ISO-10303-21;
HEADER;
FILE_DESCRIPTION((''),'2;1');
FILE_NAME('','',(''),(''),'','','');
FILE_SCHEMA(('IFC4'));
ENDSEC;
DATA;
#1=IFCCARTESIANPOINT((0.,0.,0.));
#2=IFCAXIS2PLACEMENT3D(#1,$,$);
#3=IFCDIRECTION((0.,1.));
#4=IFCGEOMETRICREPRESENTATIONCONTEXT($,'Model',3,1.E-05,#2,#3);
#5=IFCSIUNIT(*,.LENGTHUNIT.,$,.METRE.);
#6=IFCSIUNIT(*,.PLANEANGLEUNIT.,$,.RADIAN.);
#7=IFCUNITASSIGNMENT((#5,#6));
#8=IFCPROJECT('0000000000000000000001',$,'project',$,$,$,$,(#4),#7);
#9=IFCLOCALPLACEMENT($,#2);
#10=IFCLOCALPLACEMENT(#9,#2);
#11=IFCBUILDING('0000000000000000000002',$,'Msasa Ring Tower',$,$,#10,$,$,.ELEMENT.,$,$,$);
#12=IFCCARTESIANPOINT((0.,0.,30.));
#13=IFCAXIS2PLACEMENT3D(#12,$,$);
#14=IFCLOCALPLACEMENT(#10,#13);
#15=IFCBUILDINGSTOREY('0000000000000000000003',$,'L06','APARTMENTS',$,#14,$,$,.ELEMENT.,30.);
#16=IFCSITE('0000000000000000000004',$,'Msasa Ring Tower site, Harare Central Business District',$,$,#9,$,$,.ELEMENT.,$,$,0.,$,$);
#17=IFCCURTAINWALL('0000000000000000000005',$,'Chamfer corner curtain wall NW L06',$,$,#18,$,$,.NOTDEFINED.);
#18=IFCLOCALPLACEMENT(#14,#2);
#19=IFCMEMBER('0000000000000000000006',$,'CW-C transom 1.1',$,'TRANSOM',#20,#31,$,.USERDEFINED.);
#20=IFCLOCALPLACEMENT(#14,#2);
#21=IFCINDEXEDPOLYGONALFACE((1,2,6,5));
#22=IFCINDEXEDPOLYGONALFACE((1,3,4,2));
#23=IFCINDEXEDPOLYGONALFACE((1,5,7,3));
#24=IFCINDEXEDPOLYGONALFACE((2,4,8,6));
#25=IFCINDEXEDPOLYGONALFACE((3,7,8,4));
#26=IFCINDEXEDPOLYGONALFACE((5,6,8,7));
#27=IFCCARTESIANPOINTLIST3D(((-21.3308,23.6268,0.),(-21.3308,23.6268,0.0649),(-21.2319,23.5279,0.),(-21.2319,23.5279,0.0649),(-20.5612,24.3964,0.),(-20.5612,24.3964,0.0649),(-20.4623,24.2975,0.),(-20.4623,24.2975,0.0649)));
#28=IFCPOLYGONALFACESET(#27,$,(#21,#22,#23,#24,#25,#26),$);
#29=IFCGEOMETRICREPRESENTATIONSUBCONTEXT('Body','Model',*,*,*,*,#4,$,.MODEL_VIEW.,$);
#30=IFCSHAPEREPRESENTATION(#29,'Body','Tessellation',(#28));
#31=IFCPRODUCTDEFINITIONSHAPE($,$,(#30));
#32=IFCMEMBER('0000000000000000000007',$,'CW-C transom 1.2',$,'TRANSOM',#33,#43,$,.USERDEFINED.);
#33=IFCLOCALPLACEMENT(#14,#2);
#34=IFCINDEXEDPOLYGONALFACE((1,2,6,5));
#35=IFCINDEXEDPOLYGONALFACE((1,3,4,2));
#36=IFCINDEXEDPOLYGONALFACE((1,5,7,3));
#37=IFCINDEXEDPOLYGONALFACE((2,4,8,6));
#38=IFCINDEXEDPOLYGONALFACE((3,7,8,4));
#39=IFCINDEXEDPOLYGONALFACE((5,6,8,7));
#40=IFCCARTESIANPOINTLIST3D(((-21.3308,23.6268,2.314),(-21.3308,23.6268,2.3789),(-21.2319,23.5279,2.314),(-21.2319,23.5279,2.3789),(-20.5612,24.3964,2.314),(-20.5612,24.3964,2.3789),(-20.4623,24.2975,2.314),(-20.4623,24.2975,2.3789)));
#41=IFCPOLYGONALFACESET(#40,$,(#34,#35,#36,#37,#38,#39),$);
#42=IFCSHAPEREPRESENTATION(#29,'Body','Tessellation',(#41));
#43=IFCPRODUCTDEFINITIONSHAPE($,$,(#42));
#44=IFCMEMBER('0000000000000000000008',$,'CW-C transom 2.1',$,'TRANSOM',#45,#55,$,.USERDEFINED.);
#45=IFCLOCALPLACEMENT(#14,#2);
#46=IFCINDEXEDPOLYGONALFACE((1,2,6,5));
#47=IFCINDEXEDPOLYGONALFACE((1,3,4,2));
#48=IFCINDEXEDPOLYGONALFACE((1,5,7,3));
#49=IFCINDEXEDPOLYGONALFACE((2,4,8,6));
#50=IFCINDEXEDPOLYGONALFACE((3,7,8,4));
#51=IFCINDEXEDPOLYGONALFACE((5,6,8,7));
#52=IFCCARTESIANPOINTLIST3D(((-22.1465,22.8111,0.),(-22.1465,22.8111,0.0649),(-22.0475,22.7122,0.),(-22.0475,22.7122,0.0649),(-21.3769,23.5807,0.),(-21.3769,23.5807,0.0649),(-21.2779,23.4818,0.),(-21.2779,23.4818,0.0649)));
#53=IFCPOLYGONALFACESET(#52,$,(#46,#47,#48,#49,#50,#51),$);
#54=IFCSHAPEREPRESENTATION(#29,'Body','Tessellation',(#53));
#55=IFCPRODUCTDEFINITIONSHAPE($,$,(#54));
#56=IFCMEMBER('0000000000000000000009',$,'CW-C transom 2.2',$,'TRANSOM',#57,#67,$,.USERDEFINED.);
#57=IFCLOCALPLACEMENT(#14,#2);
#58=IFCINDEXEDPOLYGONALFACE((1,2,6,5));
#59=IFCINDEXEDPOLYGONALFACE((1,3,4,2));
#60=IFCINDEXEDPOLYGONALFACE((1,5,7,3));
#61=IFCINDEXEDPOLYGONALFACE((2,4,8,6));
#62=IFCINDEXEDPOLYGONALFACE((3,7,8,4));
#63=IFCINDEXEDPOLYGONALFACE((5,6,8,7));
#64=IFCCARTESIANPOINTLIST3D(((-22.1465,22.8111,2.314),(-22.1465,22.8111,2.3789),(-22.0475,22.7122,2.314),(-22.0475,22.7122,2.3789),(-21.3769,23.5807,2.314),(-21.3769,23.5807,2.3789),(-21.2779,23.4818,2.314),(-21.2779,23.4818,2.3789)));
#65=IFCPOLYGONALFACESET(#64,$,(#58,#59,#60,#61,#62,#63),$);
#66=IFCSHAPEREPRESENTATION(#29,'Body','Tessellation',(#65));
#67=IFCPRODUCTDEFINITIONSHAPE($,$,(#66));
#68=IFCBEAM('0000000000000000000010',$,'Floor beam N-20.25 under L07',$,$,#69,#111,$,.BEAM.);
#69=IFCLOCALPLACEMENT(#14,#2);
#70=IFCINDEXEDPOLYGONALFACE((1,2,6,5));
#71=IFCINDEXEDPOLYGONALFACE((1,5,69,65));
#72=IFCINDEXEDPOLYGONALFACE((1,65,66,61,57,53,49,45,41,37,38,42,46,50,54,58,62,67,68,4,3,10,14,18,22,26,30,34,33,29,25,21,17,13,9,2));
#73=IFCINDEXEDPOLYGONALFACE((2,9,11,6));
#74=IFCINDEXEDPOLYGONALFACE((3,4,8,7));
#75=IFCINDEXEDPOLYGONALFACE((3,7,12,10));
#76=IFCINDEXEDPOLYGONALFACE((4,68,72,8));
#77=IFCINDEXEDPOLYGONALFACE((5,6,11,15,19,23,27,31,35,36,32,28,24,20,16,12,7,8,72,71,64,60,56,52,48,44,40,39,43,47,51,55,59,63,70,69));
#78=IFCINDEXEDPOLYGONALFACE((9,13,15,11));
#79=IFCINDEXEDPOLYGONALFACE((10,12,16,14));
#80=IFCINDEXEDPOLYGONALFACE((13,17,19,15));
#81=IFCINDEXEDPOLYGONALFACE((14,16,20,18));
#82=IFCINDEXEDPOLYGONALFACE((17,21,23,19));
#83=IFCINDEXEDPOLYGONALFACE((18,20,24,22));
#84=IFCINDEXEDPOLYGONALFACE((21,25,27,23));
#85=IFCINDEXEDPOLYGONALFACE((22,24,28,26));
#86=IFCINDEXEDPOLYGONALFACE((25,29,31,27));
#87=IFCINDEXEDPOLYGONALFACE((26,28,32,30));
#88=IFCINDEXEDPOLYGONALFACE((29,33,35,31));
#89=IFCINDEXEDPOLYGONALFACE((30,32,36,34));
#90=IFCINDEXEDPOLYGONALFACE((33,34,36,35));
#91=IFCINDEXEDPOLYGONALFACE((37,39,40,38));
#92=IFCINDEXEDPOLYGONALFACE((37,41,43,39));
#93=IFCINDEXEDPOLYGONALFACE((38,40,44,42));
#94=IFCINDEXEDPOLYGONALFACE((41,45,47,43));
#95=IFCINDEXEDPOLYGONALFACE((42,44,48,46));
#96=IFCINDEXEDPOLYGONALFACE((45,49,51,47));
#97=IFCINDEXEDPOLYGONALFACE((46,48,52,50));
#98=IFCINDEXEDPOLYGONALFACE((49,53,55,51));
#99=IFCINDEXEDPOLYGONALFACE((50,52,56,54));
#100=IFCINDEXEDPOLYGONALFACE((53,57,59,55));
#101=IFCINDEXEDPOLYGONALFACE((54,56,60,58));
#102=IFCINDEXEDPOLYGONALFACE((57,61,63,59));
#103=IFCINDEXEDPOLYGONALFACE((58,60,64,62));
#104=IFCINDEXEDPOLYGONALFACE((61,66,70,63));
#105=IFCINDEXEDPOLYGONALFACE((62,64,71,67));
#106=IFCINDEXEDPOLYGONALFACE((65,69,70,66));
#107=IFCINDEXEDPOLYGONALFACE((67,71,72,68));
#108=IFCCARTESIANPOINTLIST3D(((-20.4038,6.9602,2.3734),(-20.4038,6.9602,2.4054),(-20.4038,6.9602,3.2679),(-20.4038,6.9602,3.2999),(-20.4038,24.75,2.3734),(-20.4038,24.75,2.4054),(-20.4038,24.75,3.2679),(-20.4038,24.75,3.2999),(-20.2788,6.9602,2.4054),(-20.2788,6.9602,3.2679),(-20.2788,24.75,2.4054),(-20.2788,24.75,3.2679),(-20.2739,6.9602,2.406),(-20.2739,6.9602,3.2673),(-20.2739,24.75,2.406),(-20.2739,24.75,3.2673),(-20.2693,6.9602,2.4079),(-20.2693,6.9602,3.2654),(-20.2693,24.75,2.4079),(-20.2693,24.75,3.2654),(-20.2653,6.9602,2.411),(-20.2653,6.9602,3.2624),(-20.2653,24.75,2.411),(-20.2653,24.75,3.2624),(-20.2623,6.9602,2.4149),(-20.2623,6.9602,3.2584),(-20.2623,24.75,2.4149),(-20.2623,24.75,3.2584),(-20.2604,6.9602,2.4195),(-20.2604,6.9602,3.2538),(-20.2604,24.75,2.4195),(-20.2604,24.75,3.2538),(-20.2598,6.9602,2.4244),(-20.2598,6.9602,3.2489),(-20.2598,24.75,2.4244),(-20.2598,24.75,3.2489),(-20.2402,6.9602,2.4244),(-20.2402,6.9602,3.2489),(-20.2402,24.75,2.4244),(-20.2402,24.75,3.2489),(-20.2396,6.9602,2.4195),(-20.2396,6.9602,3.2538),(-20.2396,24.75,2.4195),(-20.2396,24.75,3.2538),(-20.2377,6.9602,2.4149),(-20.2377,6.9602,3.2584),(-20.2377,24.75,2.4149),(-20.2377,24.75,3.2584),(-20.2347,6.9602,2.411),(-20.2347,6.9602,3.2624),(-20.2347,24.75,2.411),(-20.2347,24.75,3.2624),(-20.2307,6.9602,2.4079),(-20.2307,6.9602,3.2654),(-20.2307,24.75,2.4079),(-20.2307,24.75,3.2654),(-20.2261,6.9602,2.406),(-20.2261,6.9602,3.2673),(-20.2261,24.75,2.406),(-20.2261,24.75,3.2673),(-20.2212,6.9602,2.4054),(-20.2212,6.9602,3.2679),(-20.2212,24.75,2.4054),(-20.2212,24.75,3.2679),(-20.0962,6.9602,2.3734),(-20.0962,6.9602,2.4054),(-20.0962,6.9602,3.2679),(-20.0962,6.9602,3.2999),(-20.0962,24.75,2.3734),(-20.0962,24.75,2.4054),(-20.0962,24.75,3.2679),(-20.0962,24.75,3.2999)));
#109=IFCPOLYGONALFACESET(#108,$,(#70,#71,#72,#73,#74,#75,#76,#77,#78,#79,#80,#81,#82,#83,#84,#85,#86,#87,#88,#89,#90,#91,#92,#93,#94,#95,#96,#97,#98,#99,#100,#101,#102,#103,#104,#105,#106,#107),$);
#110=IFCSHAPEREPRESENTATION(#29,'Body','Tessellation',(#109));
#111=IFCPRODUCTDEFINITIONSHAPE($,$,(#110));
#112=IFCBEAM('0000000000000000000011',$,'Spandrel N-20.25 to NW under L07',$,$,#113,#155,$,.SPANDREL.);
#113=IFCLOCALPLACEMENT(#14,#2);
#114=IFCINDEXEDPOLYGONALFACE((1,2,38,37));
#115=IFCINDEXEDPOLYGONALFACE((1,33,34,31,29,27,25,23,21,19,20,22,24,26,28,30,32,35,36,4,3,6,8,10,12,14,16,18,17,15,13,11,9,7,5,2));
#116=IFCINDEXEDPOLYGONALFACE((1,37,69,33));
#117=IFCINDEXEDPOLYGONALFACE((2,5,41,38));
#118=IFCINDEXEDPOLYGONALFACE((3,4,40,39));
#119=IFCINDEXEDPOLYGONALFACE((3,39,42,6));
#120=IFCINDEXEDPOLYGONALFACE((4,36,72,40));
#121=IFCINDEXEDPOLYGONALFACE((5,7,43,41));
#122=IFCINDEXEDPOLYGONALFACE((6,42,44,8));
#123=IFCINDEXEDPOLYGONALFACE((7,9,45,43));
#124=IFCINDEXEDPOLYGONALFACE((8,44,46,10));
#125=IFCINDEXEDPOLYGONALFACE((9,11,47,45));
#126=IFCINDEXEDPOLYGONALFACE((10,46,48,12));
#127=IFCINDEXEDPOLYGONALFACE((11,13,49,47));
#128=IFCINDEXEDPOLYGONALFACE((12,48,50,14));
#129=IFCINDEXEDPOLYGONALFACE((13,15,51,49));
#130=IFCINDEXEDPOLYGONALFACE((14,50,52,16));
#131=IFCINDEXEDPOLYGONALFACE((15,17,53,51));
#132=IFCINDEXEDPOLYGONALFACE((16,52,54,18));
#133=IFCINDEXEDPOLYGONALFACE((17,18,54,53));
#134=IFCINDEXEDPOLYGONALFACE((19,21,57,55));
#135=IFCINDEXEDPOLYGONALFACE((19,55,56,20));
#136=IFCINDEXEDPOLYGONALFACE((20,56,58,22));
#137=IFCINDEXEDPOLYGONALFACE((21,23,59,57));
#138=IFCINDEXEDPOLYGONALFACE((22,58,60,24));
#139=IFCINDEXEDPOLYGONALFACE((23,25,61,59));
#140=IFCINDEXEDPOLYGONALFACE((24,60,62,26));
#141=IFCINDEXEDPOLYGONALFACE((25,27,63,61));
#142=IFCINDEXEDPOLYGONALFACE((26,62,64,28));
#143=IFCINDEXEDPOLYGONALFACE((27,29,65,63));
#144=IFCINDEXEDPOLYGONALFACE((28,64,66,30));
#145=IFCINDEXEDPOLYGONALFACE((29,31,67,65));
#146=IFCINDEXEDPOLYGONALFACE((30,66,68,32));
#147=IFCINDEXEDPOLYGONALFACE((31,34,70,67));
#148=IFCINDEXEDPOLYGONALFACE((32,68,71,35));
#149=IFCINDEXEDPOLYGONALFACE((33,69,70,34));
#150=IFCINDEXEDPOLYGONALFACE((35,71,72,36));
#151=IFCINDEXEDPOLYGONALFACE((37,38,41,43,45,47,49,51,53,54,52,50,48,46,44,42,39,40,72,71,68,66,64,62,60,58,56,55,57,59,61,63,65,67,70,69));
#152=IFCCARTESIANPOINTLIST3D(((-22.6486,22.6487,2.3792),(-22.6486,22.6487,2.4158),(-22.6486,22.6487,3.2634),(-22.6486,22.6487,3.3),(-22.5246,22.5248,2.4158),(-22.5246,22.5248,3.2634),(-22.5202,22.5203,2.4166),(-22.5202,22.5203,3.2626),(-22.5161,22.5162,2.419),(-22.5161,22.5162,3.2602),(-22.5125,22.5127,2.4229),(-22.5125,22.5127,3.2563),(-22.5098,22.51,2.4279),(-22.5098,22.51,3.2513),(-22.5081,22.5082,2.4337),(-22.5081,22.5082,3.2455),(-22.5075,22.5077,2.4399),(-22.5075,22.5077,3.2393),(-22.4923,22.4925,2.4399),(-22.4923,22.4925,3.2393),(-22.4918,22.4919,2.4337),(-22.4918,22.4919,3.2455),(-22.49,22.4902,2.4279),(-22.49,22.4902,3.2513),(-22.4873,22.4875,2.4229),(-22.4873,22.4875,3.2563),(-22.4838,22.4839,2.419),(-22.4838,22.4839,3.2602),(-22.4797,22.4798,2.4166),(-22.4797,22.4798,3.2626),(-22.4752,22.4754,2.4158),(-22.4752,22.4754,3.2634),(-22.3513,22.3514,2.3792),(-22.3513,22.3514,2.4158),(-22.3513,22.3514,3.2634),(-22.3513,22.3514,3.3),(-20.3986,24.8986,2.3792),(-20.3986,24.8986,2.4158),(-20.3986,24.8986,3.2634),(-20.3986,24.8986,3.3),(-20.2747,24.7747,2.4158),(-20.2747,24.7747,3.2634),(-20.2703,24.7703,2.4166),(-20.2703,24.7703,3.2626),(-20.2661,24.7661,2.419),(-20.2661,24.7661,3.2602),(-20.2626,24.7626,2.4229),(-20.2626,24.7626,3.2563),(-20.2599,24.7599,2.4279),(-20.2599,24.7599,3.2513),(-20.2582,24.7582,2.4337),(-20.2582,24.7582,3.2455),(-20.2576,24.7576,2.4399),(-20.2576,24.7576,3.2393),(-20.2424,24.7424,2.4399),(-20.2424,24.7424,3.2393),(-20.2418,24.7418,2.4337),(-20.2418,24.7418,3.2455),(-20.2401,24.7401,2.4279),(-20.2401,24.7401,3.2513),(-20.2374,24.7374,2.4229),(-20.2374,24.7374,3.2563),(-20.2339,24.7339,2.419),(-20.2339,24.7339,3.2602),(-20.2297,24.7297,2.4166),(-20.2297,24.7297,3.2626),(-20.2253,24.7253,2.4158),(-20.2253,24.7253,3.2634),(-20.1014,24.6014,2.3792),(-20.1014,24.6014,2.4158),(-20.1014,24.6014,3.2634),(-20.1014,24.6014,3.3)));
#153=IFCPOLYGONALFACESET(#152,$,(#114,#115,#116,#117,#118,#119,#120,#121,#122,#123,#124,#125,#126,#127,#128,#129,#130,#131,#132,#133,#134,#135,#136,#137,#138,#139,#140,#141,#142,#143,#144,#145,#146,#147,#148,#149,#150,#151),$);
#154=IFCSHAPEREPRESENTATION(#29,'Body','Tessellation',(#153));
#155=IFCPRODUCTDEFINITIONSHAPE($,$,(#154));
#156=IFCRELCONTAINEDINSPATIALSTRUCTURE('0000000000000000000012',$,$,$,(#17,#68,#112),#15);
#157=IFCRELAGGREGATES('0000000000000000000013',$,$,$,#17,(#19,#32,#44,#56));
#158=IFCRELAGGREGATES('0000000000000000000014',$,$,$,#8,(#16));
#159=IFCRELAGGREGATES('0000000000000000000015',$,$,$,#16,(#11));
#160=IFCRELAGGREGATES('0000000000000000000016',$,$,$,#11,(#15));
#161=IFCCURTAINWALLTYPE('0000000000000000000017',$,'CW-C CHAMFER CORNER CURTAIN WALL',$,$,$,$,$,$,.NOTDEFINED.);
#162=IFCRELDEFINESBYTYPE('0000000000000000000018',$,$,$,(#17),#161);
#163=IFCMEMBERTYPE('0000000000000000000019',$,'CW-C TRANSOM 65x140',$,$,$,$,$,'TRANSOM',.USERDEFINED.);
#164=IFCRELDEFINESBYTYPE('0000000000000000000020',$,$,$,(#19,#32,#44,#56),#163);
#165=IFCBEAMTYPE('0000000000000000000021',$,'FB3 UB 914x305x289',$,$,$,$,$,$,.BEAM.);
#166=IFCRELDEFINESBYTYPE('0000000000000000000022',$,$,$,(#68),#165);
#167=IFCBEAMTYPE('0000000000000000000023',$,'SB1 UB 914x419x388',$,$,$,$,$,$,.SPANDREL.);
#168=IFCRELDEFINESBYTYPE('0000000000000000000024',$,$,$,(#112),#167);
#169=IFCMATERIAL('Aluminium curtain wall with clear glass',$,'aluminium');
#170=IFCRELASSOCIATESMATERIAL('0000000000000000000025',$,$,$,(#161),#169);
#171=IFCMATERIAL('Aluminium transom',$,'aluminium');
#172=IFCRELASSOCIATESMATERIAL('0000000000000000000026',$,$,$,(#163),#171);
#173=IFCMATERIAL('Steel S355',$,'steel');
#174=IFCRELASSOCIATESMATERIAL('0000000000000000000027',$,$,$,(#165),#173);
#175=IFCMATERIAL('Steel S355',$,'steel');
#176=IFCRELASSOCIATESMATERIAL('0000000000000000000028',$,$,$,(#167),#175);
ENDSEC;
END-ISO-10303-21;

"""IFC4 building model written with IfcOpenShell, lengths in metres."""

from ifc_helpers import new_model, si_unit, direction, frame, origin, origin_2d, place, context, subcontext, project, spatial, rectangle, i_section, extrude, material, material_profile, profile_set, type_object, element, aggregate, save


model = new_model("IFC4")

# Units and contexts
model_context = context("Model", 3, precision=1e-05, world=origin(), true_north=direction((0.0, 1.0)))
body_context = subcontext(model_context, "Body", "Model", "MODEL_VIEW")
ifc_project = project(units=[si_unit("LENGTHUNIT", "METRE"), si_unit("PLANEANGLEUNIT", "RADIAN")], contexts=[model_context])

# Site, building, storey
site_placement = place(None, origin())
site = spatial("IfcSite", under=ifc_project, at=site_placement, Name="Msasa Ring Tower site, Harare Central Business District", CompositionType="ELEMENT", RefElevation=0.0)
building_placement = place(site_placement, origin())
building = spatial("IfcBuilding", under=site, at=building_placement, Name="Msasa Ring Tower", CompositionType="ELEMENT")
storey_placement = place(building_placement, frame((0.0, 0.0, 30.0)))
storey = spatial("IfcBuildingStorey", under=building, at=storey_placement, Name="L06", Description="APARTMENTS", CompositionType="ELEMENT", Elevation=30.0)

# Curtain wall
ifc_material_1 = material(Name="Aluminium curtain wall with clear glass", Category="aluminium")
curtain_wall_type = type_object("IfcCurtainWallType", Name="CW-C CHAMFER CORNER CURTAIN WALL", PredefinedType="NOTDEFINED", material=ifc_material_1)
curtain_wall_1_placement = place(storey_placement, origin())
curtain_wall_1 = element("IfcCurtainWall", 1, at=curtain_wall_1_placement, inside=storey, type_object=curtain_wall_type, Name="Chamfer corner curtain wall NW L06", PredefinedType="NOTDEFINED")

# Members
ifc_material_2 = material(Name="Aluminium transom", Category="aluminium")
ifc_material_profile_1 = material_profile(ifc_material_2, rectangle(XDim=0.1399, YDim=0.0649, at=origin_2d()), Name="AL 65x140")
ifc_profile_set_1 = profile_set([ifc_material_profile_1], Name="Aluminium transom")
member_type_1 = type_object("IfcMemberType", Name="CW-C TRANSOM 65x140", ElementType="TRANSOM", PredefinedType="USERDEFINED", material=ifc_profile_set_1)
member_1_placement = place(storey_placement, frame((-20.5117, 24.3469, 0.0325), z_axis=(-0.707107, -0.707107, 0.0), x_axis=(0.707107, -0.707107, 0.0)))
member_1 = element("IfcMember", 2, at=member_1_placement, type_object=member_type_1, Name="CW-C transom 1.1", ObjectType="TRANSOM", PredefinedType="USERDEFINED", context=body_context, shape_type="SweptSolid", body=[
    extrude(rectangle(XDim=0.1399, YDim=0.0649, at=origin_2d()), origin(), (0.0, 0.0, 1.0), 1.0884),
])
member_2_placement = place(storey_placement, frame((-20.5117, 24.3469, 2.3464), z_axis=(-0.707107, -0.707107, 0.0), x_axis=(0.707107, -0.707107, 0.0)))
member_2 = element("IfcMember", 3, at=member_2_placement, type_object=member_type_1, Name="CW-C transom 1.2", ObjectType="TRANSOM", PredefinedType="USERDEFINED", context=body_context, shape_type="SweptSolid", body=[
    extrude(rectangle(XDim=0.1399, YDim=0.0649, at=origin_2d()), origin(), (0.0, 0.0, 1.0), 1.0884),
])
member_3_placement = place(storey_placement, frame((-21.3274, 23.5312, 0.0325), z_axis=(-0.707107, -0.707107, 0.0), x_axis=(0.707107, -0.707107, 0.0)))
member_3 = element("IfcMember", 4, at=member_3_placement, type_object=member_type_1, Name="CW-C transom 2.1", ObjectType="TRANSOM", PredefinedType="USERDEFINED", context=body_context, shape_type="SweptSolid", body=[
    extrude(rectangle(XDim=0.1399, YDim=0.0649, at=origin_2d()), origin(), (0.0, 0.0, 1.0), 1.0884),
])
member_4_placement = place(storey_placement, frame((-21.3274, 23.5312, 2.3464), z_axis=(-0.707107, -0.707107, 0.0), x_axis=(0.707107, -0.707107, 0.0)))
member_4 = element("IfcMember", 5, at=member_4_placement, type_object=member_type_1, Name="CW-C transom 2.2", ObjectType="TRANSOM", PredefinedType="USERDEFINED", context=body_context, shape_type="SweptSolid", body=[
    extrude(rectangle(XDim=0.1399, YDim=0.0649, at=origin_2d()), origin(), (0.0, 0.0, 1.0), 1.0884),
])

# Beams
ifc_material_3 = material(Name="Steel S355", Category="steel")
ifc_material_profile_2 = material_profile(ifc_material_3, i_section(OverallWidth=0.3076, OverallDepth=0.9265, WebThickness=0.0195, FlangeThickness=0.032, FilletRadius=0.019, at=origin_2d()), Name="UB 914x305x289")
ifc_profile_set_2 = profile_set([ifc_material_profile_2], Name="Steel S355")
beam_type_1 = type_object("IfcBeamType", Name="FB3 UB 914x305x289", PredefinedType="BEAM", material=ifc_profile_set_2)
beam_placement = place(storey_placement, frame((-20.25, 24.75, 2.8367), z_axis=(0.0, -1.0, 0.0), x_axis=(1.0, 0.0, 0.0)))
element("IfcBeam", 6, at=beam_placement, inside=storey, type_object=beam_type_1, Name="Floor beam N-20.25 under L07", PredefinedType="BEAM", context=body_context, shape_type="SweptSolid", body=[
    extrude(i_section(OverallWidth=0.3076, OverallDepth=0.9265, WebThickness=0.0195, FlangeThickness=0.032, FilletRadius=0.019, at=origin_2d()), origin(), (0.0, 0.0, 1.0), 17.7898),
])
ifc_material_4 = material(Name="Steel S355", Category="steel")
ifc_material_profile_3 = material_profile(ifc_material_4, i_section(OverallWidth=0.4204, OverallDepth=0.9209, WebThickness=0.0215, FlangeThickness=0.0366, FilletRadius=0.0242, at=origin_2d()), Name="UB 914x419x388")
ifc_profile_set_3 = profile_set([ifc_material_profile_3], Name="Steel S355")
beam_type_2 = type_object("IfcBeamType", Name="SB1 UB 914x419x388", PredefinedType="SPANDREL", material=ifc_profile_set_3)
for number, where, z_axis, x_axis, name in (
    (7, (-20.25, 24.75, 2.8396), (-0.707107, -0.707107, 0.0), (0.707107, -0.707107, 0.0), "Spandrel N-20.25 to NW under L07"),
):
    element("IfcBeam", number, at=place(storey_placement, frame(where, z_axis=z_axis, x_axis=x_axis)), inside=storey, type_object=beam_type_2, Name=name, PredefinedType="SPANDREL", context=body_context, shape_type="SweptSolid", body=[
        extrude(i_section(OverallWidth=0.4204, OverallDepth=0.9209, WebThickness=0.0215, FlangeThickness=0.0366, FilletRadius=0.0242, at=origin_2d()), origin(), (0.0, 0.0, 1.0), 3.1819),
    ])

aggregate(curtain_wall_1, [member_1, member_2, member_3, member_4])

save(model, "model.ifc")
